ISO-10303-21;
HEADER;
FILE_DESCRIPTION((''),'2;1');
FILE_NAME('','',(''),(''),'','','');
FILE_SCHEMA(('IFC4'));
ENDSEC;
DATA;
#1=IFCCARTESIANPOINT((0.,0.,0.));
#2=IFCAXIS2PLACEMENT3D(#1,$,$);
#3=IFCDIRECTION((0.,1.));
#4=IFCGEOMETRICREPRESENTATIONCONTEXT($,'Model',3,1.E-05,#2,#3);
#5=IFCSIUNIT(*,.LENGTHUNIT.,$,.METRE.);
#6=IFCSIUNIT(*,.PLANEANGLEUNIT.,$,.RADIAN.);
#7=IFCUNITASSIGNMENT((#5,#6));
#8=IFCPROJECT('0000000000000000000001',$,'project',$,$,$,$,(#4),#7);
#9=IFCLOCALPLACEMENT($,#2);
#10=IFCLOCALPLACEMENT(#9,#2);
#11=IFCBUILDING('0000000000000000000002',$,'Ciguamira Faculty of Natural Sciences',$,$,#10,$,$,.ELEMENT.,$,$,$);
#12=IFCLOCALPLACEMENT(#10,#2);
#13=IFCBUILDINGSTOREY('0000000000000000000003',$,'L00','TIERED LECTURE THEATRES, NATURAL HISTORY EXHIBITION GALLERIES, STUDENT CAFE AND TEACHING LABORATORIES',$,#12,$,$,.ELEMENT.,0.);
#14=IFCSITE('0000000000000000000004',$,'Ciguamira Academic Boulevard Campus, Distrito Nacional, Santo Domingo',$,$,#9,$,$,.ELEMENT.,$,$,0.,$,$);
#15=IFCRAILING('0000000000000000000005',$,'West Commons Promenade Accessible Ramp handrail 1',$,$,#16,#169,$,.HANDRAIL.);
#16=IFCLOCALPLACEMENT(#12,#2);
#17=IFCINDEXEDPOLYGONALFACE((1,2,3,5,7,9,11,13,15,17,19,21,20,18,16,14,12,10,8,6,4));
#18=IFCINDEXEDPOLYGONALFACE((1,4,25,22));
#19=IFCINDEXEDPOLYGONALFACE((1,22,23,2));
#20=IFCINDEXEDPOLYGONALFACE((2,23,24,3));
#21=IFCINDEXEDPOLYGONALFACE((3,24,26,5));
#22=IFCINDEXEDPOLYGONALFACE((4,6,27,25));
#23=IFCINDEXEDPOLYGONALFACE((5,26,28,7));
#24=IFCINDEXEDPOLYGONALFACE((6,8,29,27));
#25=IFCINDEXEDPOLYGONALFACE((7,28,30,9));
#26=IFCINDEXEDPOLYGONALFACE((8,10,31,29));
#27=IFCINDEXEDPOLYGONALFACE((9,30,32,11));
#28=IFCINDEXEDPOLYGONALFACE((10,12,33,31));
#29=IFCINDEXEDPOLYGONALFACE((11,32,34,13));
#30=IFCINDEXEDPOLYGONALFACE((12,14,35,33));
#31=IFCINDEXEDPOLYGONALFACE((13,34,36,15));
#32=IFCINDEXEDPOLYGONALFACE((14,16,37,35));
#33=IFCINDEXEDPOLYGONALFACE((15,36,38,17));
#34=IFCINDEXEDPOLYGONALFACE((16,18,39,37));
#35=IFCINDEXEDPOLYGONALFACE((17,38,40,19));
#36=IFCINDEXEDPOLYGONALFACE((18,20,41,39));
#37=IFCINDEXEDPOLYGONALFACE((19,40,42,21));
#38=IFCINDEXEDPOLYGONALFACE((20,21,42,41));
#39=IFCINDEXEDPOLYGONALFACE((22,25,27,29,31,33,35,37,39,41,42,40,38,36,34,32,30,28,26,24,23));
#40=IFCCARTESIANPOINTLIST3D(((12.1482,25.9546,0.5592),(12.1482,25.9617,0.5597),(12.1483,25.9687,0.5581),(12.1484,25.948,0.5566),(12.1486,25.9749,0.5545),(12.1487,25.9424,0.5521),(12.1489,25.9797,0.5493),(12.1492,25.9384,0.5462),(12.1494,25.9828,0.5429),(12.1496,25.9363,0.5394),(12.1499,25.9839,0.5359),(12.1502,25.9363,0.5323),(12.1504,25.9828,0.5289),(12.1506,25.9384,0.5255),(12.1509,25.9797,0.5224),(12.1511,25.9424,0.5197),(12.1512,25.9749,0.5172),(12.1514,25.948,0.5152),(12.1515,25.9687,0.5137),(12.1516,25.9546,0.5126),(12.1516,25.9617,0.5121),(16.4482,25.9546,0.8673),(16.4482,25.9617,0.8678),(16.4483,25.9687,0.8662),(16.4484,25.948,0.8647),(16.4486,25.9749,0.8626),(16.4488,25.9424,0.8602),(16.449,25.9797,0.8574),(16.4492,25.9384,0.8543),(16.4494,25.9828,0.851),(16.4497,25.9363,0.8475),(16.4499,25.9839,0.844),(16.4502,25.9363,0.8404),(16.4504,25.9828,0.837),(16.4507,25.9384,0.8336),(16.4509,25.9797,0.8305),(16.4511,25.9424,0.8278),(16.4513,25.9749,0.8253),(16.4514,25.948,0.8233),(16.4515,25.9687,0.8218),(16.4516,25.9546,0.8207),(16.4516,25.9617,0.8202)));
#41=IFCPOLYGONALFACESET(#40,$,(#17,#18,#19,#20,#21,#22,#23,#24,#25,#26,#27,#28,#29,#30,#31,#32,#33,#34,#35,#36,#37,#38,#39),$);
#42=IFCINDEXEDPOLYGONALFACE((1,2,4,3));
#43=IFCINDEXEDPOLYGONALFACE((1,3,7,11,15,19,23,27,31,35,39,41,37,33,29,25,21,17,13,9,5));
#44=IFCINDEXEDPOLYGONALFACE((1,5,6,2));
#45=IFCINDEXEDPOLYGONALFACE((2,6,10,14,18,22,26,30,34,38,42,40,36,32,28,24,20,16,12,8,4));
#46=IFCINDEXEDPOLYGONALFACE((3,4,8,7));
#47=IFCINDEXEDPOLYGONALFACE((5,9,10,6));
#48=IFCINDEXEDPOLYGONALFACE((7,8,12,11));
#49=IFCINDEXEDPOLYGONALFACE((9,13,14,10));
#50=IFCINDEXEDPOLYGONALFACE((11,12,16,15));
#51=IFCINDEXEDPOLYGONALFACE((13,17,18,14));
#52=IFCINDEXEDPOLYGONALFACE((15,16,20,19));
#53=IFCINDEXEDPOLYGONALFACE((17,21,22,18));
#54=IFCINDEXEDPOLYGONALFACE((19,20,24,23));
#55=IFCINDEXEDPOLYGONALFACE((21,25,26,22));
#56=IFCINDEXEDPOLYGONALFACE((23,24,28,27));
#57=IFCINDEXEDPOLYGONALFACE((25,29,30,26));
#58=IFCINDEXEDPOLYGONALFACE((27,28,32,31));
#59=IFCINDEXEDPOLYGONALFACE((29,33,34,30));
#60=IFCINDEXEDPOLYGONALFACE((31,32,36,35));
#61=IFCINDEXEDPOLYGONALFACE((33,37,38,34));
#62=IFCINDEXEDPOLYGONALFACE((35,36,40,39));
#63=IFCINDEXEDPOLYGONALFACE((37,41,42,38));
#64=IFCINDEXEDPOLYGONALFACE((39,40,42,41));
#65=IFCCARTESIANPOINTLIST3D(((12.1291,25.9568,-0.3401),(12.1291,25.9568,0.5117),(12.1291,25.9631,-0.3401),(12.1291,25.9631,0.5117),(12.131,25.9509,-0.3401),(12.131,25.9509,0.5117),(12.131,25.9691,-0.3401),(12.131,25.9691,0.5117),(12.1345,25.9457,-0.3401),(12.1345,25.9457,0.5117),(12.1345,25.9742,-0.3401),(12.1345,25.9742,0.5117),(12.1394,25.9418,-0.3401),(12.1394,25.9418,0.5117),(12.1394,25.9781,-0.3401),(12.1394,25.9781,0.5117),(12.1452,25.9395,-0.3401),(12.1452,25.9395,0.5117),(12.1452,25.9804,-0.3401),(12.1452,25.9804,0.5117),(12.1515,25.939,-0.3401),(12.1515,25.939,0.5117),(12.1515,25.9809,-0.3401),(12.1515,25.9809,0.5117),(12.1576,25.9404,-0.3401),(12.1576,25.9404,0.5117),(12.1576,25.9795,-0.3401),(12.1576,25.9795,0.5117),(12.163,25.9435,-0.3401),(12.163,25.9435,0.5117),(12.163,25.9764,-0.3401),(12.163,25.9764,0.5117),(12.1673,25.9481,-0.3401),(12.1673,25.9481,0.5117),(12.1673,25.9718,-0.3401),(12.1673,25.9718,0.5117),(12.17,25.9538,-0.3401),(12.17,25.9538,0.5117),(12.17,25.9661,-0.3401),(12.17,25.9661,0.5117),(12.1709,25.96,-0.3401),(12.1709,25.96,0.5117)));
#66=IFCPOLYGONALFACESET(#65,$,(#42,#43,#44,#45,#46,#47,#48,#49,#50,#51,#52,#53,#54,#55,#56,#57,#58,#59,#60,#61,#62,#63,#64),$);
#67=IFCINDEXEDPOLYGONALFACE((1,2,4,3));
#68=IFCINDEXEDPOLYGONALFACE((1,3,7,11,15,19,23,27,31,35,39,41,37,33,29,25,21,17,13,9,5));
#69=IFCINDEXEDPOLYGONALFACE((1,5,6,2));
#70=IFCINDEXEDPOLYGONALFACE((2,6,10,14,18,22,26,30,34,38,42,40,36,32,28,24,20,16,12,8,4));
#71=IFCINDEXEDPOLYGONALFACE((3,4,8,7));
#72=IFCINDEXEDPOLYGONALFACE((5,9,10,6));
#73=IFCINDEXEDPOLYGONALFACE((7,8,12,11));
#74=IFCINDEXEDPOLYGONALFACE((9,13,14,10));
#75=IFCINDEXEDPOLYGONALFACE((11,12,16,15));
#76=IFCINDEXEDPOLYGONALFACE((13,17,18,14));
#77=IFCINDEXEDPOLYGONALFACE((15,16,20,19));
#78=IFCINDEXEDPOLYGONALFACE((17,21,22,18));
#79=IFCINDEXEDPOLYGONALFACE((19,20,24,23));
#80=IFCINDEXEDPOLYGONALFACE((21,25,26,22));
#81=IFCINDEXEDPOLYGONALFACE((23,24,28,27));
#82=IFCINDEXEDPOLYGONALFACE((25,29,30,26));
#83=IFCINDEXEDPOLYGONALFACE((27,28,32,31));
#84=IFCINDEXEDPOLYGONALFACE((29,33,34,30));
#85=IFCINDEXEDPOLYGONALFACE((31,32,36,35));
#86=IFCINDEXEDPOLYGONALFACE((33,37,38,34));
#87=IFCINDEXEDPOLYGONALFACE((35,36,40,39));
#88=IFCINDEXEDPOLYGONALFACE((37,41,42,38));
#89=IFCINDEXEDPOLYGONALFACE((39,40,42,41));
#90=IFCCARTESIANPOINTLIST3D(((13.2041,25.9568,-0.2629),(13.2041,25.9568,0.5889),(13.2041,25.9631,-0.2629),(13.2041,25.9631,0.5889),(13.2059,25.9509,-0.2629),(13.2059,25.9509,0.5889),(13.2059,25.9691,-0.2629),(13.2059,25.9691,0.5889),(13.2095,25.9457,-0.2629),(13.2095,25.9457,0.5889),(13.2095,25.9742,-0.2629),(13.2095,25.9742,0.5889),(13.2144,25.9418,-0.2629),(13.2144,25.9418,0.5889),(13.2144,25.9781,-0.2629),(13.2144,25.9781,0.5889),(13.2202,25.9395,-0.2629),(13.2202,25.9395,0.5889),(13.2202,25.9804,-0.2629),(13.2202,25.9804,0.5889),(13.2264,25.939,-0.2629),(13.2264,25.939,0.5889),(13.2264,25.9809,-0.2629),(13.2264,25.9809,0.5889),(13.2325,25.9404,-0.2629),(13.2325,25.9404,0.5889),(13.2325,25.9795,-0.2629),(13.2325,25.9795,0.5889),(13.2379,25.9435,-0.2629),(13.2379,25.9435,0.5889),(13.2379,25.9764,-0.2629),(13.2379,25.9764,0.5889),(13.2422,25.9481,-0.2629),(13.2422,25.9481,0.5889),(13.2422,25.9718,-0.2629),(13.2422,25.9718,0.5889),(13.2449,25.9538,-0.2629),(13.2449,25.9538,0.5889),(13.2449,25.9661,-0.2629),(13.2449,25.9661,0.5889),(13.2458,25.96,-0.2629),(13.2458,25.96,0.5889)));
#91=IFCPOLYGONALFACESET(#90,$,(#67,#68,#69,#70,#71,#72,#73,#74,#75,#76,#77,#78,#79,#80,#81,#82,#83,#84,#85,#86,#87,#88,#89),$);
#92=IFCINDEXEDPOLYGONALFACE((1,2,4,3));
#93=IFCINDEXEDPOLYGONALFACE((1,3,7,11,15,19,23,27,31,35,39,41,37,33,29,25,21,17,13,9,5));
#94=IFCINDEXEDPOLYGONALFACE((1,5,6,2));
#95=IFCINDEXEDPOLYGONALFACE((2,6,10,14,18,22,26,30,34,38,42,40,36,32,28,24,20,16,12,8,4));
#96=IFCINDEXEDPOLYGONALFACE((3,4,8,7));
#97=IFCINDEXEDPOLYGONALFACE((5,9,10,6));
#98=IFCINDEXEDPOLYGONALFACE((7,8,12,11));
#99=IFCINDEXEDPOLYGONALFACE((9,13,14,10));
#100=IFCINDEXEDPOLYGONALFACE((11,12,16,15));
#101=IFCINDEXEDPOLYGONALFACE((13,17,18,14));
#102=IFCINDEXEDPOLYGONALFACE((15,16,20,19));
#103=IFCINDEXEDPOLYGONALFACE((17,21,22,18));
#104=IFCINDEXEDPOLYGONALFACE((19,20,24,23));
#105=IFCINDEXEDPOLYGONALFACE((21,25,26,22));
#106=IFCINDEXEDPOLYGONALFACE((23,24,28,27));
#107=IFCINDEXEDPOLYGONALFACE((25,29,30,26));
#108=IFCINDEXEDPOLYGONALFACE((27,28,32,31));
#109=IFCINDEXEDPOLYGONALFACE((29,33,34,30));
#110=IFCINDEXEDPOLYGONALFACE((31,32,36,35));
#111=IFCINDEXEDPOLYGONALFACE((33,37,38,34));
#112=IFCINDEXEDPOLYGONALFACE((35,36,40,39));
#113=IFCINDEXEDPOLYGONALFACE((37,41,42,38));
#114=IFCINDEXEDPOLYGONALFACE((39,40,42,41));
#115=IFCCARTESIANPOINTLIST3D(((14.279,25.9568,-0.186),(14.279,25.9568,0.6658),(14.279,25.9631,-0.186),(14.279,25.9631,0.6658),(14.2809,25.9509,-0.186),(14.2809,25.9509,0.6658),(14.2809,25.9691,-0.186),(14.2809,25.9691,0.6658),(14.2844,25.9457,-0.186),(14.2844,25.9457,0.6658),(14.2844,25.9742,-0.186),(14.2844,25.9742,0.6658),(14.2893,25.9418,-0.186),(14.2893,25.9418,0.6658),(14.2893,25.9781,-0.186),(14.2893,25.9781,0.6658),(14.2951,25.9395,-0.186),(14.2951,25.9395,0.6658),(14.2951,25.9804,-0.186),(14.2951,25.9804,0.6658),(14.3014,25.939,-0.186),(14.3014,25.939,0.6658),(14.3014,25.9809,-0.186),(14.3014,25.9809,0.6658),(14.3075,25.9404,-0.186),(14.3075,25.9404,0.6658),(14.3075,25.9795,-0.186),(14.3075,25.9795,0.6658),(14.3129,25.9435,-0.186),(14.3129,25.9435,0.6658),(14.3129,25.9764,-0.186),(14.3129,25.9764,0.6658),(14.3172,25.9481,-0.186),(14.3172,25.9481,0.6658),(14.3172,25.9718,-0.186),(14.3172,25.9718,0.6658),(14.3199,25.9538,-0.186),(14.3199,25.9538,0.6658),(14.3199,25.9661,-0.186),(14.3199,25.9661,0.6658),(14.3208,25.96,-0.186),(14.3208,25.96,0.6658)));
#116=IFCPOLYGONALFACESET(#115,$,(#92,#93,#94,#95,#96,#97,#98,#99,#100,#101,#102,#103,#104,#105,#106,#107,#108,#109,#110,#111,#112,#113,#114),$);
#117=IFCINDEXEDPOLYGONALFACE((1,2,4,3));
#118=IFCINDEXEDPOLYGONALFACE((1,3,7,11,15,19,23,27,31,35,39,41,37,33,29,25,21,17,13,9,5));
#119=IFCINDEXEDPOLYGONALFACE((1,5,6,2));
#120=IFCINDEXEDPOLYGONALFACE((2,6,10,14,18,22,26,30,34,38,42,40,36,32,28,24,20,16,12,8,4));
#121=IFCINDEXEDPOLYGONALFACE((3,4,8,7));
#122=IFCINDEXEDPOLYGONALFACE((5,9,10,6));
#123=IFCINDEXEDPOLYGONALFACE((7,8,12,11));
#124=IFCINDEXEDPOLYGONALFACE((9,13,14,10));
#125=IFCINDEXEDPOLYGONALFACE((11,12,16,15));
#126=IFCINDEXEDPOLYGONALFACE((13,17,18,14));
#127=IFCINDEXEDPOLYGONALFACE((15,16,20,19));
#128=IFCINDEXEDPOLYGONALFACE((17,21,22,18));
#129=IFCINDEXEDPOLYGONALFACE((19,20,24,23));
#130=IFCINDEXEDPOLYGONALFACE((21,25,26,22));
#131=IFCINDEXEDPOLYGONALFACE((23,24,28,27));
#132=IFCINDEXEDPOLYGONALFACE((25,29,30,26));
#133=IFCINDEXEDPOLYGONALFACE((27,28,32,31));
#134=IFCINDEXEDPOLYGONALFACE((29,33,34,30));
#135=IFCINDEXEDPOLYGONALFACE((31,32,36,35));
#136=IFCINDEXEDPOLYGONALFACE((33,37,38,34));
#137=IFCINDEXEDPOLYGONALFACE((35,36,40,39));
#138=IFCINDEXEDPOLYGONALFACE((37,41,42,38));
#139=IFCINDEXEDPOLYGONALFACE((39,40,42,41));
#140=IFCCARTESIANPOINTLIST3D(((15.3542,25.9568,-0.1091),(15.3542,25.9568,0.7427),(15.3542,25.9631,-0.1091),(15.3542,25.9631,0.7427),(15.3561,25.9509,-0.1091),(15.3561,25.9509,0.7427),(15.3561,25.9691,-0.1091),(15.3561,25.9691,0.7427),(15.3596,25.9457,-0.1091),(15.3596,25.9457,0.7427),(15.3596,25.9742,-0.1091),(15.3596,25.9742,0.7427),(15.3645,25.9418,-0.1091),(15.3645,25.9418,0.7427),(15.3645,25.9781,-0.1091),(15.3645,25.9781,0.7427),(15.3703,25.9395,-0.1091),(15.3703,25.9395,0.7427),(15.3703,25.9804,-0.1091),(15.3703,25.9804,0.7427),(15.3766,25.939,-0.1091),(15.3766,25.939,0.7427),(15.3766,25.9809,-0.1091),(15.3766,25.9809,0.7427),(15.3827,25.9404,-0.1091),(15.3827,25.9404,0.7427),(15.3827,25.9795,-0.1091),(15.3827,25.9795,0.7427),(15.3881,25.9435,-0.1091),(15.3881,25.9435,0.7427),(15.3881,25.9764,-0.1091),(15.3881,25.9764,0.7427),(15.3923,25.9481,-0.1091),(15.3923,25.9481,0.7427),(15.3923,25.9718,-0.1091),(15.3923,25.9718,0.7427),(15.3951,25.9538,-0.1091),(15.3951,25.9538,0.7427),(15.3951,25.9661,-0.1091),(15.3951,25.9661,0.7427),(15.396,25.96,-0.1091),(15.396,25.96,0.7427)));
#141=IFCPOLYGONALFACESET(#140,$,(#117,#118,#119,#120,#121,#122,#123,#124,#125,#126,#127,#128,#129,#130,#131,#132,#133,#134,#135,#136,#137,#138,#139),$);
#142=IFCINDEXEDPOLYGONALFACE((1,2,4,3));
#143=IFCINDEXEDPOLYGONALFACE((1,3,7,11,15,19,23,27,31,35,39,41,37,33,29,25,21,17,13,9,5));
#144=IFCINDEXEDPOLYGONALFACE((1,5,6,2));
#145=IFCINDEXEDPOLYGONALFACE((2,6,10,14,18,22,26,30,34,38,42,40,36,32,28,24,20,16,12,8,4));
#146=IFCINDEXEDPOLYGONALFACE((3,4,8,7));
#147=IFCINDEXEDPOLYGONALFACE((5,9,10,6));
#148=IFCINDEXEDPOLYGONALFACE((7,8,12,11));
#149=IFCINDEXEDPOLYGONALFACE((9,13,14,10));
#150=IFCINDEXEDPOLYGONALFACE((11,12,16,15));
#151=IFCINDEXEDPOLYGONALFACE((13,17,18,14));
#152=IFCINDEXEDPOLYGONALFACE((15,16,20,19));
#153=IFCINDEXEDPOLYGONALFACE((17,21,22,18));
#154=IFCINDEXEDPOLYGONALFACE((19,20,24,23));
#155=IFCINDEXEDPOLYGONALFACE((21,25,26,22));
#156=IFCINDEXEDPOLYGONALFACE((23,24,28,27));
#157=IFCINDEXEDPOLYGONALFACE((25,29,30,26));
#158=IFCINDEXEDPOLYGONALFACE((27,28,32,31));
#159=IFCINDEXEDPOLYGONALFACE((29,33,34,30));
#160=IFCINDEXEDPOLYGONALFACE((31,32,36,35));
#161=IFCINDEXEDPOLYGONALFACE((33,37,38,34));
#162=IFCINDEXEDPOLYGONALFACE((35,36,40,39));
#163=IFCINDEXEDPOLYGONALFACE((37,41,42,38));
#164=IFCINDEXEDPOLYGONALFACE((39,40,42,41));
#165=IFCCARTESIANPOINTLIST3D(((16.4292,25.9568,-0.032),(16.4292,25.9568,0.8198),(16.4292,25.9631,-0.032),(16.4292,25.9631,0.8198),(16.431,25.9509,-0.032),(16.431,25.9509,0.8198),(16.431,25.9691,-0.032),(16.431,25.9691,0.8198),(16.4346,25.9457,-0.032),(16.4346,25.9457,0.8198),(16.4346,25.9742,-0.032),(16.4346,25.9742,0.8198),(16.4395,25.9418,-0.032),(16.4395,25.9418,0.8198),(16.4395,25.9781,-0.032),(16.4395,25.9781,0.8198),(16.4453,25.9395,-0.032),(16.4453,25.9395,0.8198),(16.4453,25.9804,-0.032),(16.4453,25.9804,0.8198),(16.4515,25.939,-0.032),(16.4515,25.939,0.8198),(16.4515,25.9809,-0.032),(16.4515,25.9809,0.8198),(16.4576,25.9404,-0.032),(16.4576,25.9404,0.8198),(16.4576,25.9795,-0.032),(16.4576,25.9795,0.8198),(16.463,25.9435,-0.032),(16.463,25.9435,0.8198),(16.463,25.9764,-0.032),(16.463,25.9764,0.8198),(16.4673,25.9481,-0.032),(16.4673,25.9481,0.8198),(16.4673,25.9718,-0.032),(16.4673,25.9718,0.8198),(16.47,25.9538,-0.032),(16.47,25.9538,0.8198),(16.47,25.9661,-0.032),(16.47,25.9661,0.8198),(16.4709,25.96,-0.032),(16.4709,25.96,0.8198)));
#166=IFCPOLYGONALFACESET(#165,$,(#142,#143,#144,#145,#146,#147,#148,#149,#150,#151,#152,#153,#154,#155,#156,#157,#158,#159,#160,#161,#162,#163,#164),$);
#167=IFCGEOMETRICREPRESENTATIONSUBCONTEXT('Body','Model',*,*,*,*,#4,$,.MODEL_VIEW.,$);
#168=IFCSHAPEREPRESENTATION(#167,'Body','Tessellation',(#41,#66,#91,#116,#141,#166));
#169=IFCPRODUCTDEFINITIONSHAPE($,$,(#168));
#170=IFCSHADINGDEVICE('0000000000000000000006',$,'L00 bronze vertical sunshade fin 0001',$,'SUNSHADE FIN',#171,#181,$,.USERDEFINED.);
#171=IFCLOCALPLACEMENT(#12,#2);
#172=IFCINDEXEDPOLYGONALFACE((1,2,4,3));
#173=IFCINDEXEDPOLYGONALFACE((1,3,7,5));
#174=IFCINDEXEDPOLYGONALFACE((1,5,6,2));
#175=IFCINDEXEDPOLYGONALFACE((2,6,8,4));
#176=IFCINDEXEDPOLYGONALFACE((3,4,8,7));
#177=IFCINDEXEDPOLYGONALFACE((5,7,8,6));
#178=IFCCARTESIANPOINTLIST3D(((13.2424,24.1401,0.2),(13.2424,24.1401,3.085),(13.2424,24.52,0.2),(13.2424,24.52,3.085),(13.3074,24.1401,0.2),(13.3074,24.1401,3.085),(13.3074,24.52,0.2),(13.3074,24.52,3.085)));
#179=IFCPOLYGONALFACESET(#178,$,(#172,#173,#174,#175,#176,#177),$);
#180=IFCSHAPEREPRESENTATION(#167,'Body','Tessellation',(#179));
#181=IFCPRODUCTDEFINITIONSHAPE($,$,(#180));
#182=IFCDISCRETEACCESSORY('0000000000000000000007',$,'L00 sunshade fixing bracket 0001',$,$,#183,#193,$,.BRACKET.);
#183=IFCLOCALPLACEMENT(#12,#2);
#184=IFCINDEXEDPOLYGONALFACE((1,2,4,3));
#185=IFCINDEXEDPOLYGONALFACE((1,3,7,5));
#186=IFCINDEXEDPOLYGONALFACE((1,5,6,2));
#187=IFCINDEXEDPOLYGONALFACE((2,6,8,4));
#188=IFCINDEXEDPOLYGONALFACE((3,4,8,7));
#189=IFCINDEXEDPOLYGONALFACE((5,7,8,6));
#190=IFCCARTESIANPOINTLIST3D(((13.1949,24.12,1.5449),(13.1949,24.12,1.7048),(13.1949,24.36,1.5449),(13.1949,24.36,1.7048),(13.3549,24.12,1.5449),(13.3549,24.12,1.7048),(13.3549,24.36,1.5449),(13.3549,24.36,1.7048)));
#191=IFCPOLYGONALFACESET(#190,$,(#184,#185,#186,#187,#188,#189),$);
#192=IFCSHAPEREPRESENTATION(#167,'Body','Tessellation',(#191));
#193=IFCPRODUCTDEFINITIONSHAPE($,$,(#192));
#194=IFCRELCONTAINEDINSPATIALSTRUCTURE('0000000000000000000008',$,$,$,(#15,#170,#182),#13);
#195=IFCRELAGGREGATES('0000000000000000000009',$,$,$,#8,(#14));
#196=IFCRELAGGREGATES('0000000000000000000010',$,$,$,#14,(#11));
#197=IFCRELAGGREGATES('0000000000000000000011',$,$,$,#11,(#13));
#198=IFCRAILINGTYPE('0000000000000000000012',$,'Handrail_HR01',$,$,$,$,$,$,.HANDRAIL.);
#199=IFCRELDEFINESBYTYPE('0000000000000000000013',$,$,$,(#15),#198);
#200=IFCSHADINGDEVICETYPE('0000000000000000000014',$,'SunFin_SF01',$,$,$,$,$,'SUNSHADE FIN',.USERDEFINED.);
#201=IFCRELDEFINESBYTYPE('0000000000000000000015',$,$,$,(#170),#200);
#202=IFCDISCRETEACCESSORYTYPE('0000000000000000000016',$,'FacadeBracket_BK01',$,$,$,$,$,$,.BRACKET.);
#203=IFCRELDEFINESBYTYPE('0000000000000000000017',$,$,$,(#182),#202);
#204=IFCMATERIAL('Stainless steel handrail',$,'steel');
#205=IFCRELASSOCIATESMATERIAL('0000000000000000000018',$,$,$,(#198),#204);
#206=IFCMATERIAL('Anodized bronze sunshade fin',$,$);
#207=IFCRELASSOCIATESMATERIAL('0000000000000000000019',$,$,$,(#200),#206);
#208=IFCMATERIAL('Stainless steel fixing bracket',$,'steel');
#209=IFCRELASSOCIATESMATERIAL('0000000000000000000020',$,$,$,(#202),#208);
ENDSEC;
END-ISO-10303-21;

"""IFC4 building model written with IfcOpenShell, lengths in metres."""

from ifc_helpers import new_model, si_unit, direction, frame, origin, origin_2d, place, context, subcontext, project, spatial, rectangle, circle, extrude, material, material_profile, profile_set, type_object, element, save


model = new_model("IFC4")

# Units and contexts
model_context = context("Model", 3, precision=1e-05, world=origin(), true_north=direction((0.0, 1.0)))
body_context = subcontext(model_context, "Body", "Model", "MODEL_VIEW")
ifc_project = project(units=[si_unit("LENGTHUNIT", "METRE"), si_unit("PLANEANGLEUNIT", "RADIAN")], contexts=[model_context])

# Site, building, storey
site_placement = place(None, origin())
site = spatial("IfcSite", under=ifc_project, at=site_placement, Name="Ciguamira Academic Boulevard Campus, Distrito Nacional, Santo Domingo", CompositionType="ELEMENT", RefElevation=0.0)
building_placement = place(site_placement, origin())
building = spatial("IfcBuilding", under=site, at=building_placement, Name="Ciguamira Faculty of Natural Sciences", CompositionType="ELEMENT")
storey_placement = place(building_placement, origin())
storey = spatial("IfcBuildingStorey", under=building, at=storey_placement, Name="L00", Description="TIERED LECTURE THEATRES, NATURAL HISTORY EXHIBITION GALLERIES, STUDENT CAFE AND TEACHING LABORATORIES", CompositionType="ELEMENT", Elevation=0.0)

# Railing
ifc_material_1 = material(Name="Stainless steel handrail", Category="steel")
railing_type = type_object("IfcRailingType", Name="Handrail_HR01", PredefinedType="HANDRAIL", material=ifc_material_1)
railing_placement = place(storey_placement, frame((12.1499, 25.96, -0.3401)))
element("IfcRailing", 1, at=railing_placement, inside=storey, type_object=railing_type, Name="West Commons Promenade Accessible Ramp handrail 1", PredefinedType="HANDRAIL", context=body_context, shape_type="SweptSolid", body=[
    extrude(circle(Radius=0.0239, at=origin_2d()), frame((0.0, 0.0, 0.876), z_axis=(0.997443, 0.0, 0.071468), x_axis=(0.0, 1.0, 0.0)), (0.0, 0.0, 1.0), 4.311),
    extrude(circle(Radius=0.021, at=origin_2d()), origin(), (0.0, 0.0, 1.0), 0.8518),
    extrude(circle(Radius=0.021, at=origin_2d()), frame((1.075, 0.0, 0.0771)), (0.0, 0.0, 1.0), 0.8518),
    extrude(circle(Radius=0.021, at=origin_2d()), frame((2.1499, 0.0, 0.1541)), (0.0, 0.0, 1.0), 0.8518),
    extrude(circle(Radius=0.021, at=origin_2d()), frame((3.2251, 0.0, 0.231)), (0.0, 0.0, 1.0), 0.8518),
    extrude(circle(Radius=0.021, at=origin_2d()), frame((4.3, 0.0, 0.3081)), (0.0, 0.0, 1.0), 0.8518),
])

# Shading device
ifc_material_2 = material(Name="Anodized bronze sunshade fin")
ifc_material_profile_1 = material_profile(ifc_material_2, rectangle(XDim=0.0649, YDim=0.3799, at=origin_2d()), Name="BRZ-FIN-65X380")
ifc_profile_set_1 = profile_set([ifc_material_profile_1], Name="Anodized bronze sunshade fin")
shading_device_type = type_object("IfcShadingDeviceType", Name="SunFin_SF01", ElementType="SUNSHADE FIN", PredefinedType="USERDEFINED", material=ifc_profile_set_1)
shading_device_placement = place(storey_placement, frame((13.2749, 24.3301, 0.2), z_axis=(0.0, 0.0, 1.0), x_axis=(1.0, 0.0, 0.0)))
element("IfcShadingDevice", 2, at=shading_device_placement, inside=storey, type_object=shading_device_type, Name="L00 bronze vertical sunshade fin 0001", ObjectType="SUNSHADE FIN", PredefinedType="USERDEFINED", context=body_context, shape_type="SweptSolid", body=[
    extrude(rectangle(XDim=0.0649, YDim=0.3799, at=origin_2d()), origin(), (0.0, 0.0, 1.0), 2.885),
])

# Discrete accessory
ifc_material_3 = material(Name="Stainless steel fixing bracket", Category="steel")
discrete_accessory_type = type_object("IfcDiscreteAccessoryType", Name="FacadeBracket_BK01", PredefinedType="BRACKET", material=ifc_material_3)
discrete_accessory_placement = place(storey_placement, frame((13.2749, 24.24, 1.5449), z_axis=(0.0, 0.0, 1.0), x_axis=(1.0, 0.0, 0.0)))
element("IfcDiscreteAccessory", 3, at=discrete_accessory_placement, inside=storey, type_object=discrete_accessory_type, Name="L00 sunshade fixing bracket 0001", PredefinedType="BRACKET", context=body_context, shape_type="SweptSolid", body=[
    extrude(rectangle(XDim=0.1599, YDim=0.24, at=origin_2d()), origin(), (0.0, 0.0, 1.0), 0.1599),
])

save(model, "model.ifc")
